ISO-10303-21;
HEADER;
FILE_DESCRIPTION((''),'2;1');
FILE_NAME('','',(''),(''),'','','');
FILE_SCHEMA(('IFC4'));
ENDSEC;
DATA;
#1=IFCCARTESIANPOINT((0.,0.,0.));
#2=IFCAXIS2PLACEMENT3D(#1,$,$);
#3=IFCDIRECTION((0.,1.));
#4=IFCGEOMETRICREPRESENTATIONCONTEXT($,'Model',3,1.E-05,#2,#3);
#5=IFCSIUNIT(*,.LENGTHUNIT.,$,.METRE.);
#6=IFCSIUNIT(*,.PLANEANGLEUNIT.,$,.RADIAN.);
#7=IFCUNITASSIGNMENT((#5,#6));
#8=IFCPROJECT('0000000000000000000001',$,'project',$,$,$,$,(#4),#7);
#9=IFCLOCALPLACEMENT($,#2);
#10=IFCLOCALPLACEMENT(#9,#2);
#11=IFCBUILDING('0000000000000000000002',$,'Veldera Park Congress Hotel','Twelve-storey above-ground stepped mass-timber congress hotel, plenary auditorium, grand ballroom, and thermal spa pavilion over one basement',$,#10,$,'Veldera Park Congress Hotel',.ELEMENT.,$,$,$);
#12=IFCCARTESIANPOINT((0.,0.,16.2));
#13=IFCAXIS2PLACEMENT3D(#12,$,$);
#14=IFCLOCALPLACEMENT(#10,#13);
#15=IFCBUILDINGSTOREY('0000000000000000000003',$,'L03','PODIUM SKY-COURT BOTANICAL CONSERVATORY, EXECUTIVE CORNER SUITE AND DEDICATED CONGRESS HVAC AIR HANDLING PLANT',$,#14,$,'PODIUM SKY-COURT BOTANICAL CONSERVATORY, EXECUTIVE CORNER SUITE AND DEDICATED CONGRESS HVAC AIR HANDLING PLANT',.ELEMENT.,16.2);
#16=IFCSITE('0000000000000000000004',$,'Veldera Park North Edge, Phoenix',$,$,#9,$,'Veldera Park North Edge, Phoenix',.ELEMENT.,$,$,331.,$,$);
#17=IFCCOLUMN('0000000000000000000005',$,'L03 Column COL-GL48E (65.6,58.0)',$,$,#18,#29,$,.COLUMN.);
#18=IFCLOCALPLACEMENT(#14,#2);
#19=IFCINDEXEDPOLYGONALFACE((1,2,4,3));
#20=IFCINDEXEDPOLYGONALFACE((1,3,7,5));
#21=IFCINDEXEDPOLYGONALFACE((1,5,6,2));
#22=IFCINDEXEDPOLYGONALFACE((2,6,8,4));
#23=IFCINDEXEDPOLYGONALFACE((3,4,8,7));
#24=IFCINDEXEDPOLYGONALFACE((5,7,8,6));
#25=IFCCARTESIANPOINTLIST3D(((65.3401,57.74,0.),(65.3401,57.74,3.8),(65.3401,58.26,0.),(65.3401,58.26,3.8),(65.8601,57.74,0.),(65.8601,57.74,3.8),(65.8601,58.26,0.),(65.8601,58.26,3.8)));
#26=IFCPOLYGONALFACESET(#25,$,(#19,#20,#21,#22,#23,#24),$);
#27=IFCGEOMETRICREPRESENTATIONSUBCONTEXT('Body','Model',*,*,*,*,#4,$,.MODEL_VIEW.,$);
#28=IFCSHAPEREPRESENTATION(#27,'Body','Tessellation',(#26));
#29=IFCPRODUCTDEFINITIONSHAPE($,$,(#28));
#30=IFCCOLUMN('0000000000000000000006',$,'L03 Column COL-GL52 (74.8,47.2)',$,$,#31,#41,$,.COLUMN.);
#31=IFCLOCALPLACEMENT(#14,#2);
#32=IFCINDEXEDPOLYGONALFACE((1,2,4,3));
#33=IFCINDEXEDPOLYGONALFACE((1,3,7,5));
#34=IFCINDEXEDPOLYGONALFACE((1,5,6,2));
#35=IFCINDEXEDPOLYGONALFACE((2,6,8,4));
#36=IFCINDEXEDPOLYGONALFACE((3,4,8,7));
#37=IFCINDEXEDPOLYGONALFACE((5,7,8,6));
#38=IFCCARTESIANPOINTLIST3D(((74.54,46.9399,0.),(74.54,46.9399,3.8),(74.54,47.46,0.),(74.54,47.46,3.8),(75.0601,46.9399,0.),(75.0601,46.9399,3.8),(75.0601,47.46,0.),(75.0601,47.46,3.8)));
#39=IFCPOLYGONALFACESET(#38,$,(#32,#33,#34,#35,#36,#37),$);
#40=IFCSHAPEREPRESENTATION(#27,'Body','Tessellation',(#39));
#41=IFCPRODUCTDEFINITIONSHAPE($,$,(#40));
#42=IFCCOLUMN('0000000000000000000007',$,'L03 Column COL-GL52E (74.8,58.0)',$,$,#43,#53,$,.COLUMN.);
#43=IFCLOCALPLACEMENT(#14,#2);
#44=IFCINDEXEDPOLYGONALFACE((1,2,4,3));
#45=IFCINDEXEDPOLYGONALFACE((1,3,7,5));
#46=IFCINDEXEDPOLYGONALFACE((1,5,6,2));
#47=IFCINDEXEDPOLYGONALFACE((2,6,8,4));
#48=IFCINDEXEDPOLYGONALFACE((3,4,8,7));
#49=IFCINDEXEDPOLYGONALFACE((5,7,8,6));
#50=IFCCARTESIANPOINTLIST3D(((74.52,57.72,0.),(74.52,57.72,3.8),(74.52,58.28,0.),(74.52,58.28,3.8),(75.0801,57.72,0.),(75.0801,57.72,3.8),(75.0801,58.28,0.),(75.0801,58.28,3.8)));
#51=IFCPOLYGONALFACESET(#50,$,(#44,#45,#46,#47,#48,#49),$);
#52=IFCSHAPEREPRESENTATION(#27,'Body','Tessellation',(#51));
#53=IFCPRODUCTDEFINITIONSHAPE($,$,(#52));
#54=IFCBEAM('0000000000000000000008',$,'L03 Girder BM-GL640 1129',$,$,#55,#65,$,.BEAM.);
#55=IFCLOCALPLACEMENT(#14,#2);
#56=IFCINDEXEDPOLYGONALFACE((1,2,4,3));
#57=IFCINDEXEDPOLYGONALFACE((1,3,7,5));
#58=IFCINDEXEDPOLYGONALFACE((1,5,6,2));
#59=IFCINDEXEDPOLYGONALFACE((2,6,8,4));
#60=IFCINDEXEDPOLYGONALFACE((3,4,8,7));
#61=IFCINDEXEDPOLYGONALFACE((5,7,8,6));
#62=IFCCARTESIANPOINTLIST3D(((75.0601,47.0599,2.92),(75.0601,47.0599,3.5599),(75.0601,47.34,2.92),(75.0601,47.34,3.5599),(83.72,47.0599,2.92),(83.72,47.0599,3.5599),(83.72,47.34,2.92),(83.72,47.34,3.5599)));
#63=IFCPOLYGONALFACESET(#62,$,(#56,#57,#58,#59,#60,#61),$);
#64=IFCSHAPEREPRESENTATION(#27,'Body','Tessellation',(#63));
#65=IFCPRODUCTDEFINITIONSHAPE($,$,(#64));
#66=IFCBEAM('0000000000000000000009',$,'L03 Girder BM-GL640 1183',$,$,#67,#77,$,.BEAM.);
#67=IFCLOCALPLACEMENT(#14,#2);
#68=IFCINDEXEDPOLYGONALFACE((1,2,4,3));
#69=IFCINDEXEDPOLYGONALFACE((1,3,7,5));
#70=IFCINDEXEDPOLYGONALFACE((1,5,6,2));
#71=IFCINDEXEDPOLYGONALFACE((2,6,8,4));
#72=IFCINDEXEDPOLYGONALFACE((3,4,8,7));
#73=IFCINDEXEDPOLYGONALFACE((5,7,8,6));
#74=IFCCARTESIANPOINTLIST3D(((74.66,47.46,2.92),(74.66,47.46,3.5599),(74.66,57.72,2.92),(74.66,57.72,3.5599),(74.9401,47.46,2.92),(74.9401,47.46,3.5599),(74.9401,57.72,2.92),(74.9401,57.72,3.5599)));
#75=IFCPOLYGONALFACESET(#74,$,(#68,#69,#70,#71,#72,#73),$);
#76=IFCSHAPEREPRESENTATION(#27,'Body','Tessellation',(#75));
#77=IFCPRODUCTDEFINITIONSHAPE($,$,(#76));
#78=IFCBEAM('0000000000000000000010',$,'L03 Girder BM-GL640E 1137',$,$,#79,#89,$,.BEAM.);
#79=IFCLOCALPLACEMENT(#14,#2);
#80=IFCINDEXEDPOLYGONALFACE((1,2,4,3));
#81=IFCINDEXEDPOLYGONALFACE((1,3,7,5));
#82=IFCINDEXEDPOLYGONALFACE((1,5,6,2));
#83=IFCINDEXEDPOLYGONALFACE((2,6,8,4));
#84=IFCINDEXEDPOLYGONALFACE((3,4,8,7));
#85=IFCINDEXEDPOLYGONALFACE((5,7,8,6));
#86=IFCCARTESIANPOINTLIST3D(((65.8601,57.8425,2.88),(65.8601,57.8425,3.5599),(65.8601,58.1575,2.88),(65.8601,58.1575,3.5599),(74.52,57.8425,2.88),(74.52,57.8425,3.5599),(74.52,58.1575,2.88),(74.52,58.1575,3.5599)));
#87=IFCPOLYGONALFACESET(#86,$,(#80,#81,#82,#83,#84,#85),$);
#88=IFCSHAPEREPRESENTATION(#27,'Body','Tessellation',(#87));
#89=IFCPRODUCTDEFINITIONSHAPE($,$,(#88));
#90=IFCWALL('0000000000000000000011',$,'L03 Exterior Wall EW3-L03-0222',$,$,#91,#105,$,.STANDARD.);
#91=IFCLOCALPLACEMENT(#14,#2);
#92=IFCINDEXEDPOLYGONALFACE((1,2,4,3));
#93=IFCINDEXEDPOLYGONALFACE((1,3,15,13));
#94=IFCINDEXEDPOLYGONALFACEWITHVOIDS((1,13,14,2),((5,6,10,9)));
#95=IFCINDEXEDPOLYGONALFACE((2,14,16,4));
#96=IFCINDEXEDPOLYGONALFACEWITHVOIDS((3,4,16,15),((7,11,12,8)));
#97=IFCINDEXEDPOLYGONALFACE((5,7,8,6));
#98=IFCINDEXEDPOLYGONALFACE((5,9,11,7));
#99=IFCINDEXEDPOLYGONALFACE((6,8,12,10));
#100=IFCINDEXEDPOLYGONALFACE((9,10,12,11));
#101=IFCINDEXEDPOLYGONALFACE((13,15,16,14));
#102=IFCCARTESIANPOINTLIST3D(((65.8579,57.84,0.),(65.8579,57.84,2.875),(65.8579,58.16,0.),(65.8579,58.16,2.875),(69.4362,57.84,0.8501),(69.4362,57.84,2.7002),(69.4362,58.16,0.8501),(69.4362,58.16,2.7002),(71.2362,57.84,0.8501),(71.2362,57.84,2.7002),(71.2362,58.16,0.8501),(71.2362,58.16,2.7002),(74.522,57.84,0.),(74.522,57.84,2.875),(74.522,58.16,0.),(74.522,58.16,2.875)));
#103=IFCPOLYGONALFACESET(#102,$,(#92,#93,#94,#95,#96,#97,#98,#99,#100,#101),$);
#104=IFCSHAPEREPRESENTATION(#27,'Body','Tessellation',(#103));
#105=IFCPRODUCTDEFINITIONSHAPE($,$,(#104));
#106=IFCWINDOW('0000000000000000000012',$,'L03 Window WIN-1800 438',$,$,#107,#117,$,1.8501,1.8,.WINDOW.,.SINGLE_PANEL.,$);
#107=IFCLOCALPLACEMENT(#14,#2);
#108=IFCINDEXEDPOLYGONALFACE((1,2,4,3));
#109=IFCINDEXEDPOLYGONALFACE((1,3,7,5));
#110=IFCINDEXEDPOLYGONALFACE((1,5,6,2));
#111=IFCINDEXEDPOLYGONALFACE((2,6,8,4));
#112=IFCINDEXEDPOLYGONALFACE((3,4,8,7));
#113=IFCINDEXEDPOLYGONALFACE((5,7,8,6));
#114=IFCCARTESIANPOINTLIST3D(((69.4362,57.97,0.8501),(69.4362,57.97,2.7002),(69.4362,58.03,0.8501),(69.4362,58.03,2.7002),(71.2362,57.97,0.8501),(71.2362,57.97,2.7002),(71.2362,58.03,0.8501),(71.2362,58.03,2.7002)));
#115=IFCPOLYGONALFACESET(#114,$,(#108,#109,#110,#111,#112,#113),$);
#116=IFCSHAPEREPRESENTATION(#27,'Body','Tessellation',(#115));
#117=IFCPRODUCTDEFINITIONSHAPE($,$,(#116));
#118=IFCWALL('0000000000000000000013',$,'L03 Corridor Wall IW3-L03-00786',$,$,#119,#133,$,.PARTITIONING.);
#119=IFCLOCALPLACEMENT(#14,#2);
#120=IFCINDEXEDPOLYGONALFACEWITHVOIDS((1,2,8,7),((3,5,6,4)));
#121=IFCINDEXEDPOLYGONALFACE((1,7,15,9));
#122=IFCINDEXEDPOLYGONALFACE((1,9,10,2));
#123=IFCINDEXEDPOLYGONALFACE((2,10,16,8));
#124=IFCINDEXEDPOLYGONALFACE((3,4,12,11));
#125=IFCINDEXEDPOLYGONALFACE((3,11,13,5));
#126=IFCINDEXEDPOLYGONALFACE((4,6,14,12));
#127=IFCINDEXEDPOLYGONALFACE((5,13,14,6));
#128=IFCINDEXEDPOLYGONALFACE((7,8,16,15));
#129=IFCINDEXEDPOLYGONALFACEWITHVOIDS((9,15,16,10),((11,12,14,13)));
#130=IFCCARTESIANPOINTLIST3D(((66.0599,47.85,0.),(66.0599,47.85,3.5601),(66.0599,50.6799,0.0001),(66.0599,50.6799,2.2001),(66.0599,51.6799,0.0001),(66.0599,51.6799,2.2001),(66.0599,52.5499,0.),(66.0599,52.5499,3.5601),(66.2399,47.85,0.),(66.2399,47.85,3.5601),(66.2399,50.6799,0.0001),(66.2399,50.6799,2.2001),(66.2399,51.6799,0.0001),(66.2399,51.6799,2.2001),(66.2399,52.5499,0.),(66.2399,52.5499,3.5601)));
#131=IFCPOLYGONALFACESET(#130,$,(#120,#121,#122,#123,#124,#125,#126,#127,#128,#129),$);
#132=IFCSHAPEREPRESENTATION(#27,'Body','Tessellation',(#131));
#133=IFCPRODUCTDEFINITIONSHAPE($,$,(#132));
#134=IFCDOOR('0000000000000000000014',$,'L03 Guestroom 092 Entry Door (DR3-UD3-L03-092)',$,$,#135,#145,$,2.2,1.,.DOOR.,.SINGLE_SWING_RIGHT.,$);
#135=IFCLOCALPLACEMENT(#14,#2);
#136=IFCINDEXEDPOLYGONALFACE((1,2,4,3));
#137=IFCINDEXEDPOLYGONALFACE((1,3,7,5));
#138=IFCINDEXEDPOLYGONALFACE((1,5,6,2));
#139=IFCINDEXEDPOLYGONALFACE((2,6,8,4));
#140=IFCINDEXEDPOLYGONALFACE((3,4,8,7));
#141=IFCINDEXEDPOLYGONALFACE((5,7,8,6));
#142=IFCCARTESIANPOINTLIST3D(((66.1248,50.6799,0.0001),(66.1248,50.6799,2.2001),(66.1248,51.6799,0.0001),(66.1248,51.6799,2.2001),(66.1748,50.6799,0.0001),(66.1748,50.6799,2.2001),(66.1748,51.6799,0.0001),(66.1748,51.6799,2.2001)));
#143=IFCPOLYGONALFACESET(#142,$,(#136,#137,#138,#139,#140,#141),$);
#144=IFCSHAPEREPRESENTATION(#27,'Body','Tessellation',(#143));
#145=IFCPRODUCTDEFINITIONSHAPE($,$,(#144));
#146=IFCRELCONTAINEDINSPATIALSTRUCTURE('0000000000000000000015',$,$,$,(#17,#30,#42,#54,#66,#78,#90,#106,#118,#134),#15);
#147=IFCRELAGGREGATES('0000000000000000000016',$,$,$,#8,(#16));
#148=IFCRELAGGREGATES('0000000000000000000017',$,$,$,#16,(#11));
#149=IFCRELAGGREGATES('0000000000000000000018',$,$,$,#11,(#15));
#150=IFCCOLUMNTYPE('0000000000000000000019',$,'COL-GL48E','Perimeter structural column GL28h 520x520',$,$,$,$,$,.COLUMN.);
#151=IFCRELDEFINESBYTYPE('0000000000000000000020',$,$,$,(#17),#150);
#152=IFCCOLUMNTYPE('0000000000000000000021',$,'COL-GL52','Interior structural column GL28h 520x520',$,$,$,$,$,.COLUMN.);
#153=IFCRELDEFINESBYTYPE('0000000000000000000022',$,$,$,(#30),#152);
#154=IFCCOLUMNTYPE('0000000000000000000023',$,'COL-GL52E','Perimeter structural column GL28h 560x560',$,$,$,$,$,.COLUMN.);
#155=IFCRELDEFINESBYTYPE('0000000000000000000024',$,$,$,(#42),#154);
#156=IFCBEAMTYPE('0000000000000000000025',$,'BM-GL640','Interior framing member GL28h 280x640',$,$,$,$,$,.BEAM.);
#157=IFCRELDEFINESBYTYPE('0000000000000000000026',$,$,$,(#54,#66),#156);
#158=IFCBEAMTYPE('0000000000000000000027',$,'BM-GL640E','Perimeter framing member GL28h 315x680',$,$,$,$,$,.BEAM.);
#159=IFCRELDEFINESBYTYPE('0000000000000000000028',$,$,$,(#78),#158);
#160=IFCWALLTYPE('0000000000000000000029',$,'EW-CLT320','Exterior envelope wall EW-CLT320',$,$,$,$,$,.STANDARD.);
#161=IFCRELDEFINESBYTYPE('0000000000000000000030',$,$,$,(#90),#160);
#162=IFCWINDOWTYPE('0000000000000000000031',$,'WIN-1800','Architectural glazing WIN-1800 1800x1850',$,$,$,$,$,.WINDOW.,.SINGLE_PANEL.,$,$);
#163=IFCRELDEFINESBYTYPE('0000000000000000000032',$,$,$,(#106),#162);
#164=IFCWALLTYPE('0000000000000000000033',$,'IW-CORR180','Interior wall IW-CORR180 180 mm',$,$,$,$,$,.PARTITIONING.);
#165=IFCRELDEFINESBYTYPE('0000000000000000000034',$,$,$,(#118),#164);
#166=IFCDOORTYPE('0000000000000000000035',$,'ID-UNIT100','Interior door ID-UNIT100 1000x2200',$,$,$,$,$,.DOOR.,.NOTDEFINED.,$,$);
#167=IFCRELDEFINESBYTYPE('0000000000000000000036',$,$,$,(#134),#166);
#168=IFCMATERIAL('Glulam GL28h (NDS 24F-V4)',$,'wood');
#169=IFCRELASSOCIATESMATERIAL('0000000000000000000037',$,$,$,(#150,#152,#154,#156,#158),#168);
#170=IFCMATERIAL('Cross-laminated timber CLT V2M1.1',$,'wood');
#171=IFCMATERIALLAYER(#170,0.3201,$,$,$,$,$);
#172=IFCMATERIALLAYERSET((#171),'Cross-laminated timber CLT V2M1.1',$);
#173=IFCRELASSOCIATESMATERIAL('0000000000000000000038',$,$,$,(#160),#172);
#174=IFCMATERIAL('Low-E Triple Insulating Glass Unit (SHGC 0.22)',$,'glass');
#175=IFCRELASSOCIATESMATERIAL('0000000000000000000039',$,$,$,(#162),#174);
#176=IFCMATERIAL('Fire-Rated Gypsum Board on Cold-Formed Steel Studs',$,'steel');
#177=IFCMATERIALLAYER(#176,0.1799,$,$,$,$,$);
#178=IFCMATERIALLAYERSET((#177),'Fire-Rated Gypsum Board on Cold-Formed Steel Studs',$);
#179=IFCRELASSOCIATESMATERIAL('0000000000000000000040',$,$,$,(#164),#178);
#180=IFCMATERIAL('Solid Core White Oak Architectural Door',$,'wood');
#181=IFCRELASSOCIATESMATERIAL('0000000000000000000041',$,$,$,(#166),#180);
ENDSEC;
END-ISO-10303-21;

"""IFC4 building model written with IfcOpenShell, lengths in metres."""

from ifc_helpers import new_model, si_unit, direction, frame, frame_2d, origin, origin_2d, place, context, subcontext, project, spatial, rectangle, extrude, material, layer, layer_set, material_profile, profile_set, type_object, element, fill, save


model = new_model("IFC4")

# Units and contexts
model_context = context("Model", 3, precision=1e-05, world=origin(), true_north=direction((0.0, 1.0)))
body_context = subcontext(model_context, "Body", "Model", "MODEL_VIEW")
ifc_project = project(units=[si_unit("LENGTHUNIT", "METRE"), si_unit("PLANEANGLEUNIT", "RADIAN")], contexts=[model_context])

# Site, building, storey
site_placement = place(None, origin())
site = spatial("IfcSite", under=ifc_project, at=site_placement, Name="Veldera Park North Edge, Phoenix", LongName="Veldera Park North Edge, Phoenix", CompositionType="ELEMENT", RefElevation=331.0)
building_placement = place(site_placement, origin())
building = spatial("IfcBuilding", under=site, at=building_placement, Name="Veldera Park Congress Hotel", Description="Twelve-storey above-ground stepped mass-timber congress hotel, plenary auditorium, grand ballroom, and thermal spa pavilion over one basement", LongName="Veldera Park Congress Hotel", CompositionType="ELEMENT")
storey_placement = place(building_placement, frame((0.0, 0.0, 16.2)))
storey = spatial("IfcBuildingStorey", under=building, at=storey_placement, Name="L03", Description="PODIUM SKY-COURT BOTANICAL CONSERVATORY, EXECUTIVE CORNER SUITE AND DEDICATED CONGRESS HVAC AIR HANDLING PLANT", LongName="PODIUM SKY-COURT BOTANICAL CONSERVATORY, EXECUTIVE CORNER SUITE AND DEDICATED CONGRESS HVAC AIR HANDLING PLANT", CompositionType="ELEMENT", Elevation=16.2)

# Columns
ifc_material_1 = material(Name="Glulam GL28h (NDS 24F-V4)", Category="wood")
ifc_material_profile_1 = material_profile(ifc_material_1, rectangle(XDim=0.52, YDim=0.52, at=origin_2d()), Name="GL28h 520x520")
ifc_profile_set_1 = profile_set([ifc_material_profile_1], Name="Glulam GL28h (NDS 24F-V4)")
column_type_1 = type_object("IfcColumnType", Name="COL-GL48E", Description="Perimeter structural column GL28h 520x520", PredefinedType="COLUMN", material=ifc_profile_set_1)
column_1_placement = place(storey_placement, frame((65.6001, 58.0, 0.0), z_axis=(0.0, 0.0, 1.0), x_axis=(1.0, 0.0, 0.0)))
element("IfcColumn", 1, at=column_1_placement, inside=storey, type_object=column_type_1, Name="L03 Column COL-GL48E (65.6,58.0)", PredefinedType="COLUMN", context=body_context, shape_type="SweptSolid", body=[
    extrude(rectangle(XDim=0.52, YDim=0.52, at=origin_2d()), origin(), (0.0, 0.0, 1.0), 3.8),
])
ifc_material_profile_2 = material_profile(ifc_material_1, rectangle(XDim=0.52, YDim=0.52, at=origin_2d()), Name="GL28h 520x520")
ifc_profile_set_2 = profile_set([ifc_material_profile_2], Name="Glulam GL28h (NDS 24F-V4)")
column_type_2 = type_object("IfcColumnType", Name="COL-GL52", Description="Interior structural column GL28h 520x520", PredefinedType="COLUMN", material=ifc_profile_set_2)
column_2_placement = place(storey_placement, frame((74.8, 47.2, 0.0), z_axis=(0.0, 0.0, 1.0), x_axis=(1.0, 0.0, 0.0)))
element("IfcColumn", 2, at=column_2_placement, inside=storey, type_object=column_type_2, Name="L03 Column COL-GL52 (74.8,47.2)", PredefinedType="COLUMN", context=body_context, shape_type="SweptSolid", body=[
    extrude(rectangle(XDim=0.52, YDim=0.52, at=origin_2d()), origin(), (0.0, 0.0, 1.0), 3.8),
])
ifc_material_profile_3 = material_profile(ifc_material_1, rectangle(XDim=0.5601, YDim=0.5601, at=origin_2d()), Name="GL28h 560x560")
ifc_profile_set_3 = profile_set([ifc_material_profile_3], Name="Glulam GL28h (NDS 24F-V4)")
column_type_3 = type_object("IfcColumnType", Name="COL-GL52E", Description="Perimeter structural column GL28h 560x560", PredefinedType="COLUMN", material=ifc_profile_set_3)
column_3_placement = place(storey_placement, frame((74.8, 58.0, 0.0), z_axis=(0.0, 0.0, 1.0), x_axis=(1.0, 0.0, 0.0)))
element("IfcColumn", 3, at=column_3_placement, inside=storey, type_object=column_type_3, Name="L03 Column COL-GL52E (74.8,58.0)", PredefinedType="COLUMN", context=body_context, shape_type="SweptSolid", body=[
    extrude(rectangle(XDim=0.5601, YDim=0.5601, at=origin_2d()), origin(), (0.0, 0.0, 1.0), 3.8),
])

# Beams
ifc_material_profile_4 = material_profile(ifc_material_1, rectangle(XDim=0.28, YDim=0.6399, at=origin_2d()), Name="GL28h 280x640")
ifc_profile_set_4 = profile_set([ifc_material_profile_4], Name="Glulam GL28h (NDS 24F-V4)")
beam_type_1 = type_object("IfcBeamType", Name="BM-GL640", Description="Interior framing member GL28h 280x640", PredefinedType="BEAM", material=ifc_profile_set_4)
beam_1_placement = place(storey_placement, frame((75.0601, 47.2, 3.24), z_axis=(1.0, 0.0, 0.0), x_axis=(0.0, 1.0, 0.0)))
element("IfcBeam", 4, at=beam_1_placement, inside=storey, type_object=beam_type_1, Name="L03 Girder BM-GL640 1129", PredefinedType="BEAM", context=body_context, shape_type="SweptSolid", body=[
    extrude(rectangle(XDim=0.28, YDim=0.6399, at=origin_2d()), origin(), (0.0, 0.0, 1.0), 8.6599),
])
beam_2_placement = place(storey_placement, frame((74.8, 47.46, 3.24), z_axis=(0.0, 1.0, 0.0), x_axis=(-1.0, 0.0, 0.0)))
element("IfcBeam", 5, at=beam_2_placement, inside=storey, type_object=beam_type_1, Name="L03 Girder BM-GL640 1183", PredefinedType="BEAM", context=body_context, shape_type="SweptSolid", body=[
    extrude(rectangle(XDim=0.28, YDim=0.6399, at=origin_2d()), origin(), (0.0, 0.0, 1.0), 10.26),
])
ifc_material_profile_5 = material_profile(ifc_material_1, rectangle(XDim=0.3149, YDim=0.6799, at=origin_2d()), Name="GL28h 315x680")
ifc_profile_set_5 = profile_set([ifc_material_profile_5], Name="Glulam GL28h (NDS 24F-V4)")
beam_type_2 = type_object("IfcBeamType", Name="BM-GL640E", Description="Perimeter framing member GL28h 315x680", PredefinedType="BEAM", material=ifc_profile_set_5)
beam_3_placement = place(storey_placement, frame((65.8601, 58.0, 3.22), z_axis=(1.0, 0.0, 0.0), x_axis=(0.0, 1.0, 0.0)))
element("IfcBeam", 6, at=beam_3_placement, inside=storey, type_object=beam_type_2, Name="L03 Girder BM-GL640E 1137", PredefinedType="BEAM", context=body_context, shape_type="SweptSolid", body=[
    extrude(rectangle(XDim=0.3149, YDim=0.6799, at=origin_2d()), origin(), (0.0, 0.0, 1.0), 8.6599),
])

# Wall, opening, window
ifc_material_2 = material(Name="Cross-laminated timber CLT V2M1.1", Category="wood")
ifc_layer_1 = layer(ifc_material_2, 0.3201)
ifc_layer_set_1 = layer_set([ifc_layer_1], Name="Cross-laminated timber CLT V2M1.1")
wall_type_1 = type_object("IfcWallType", Name="EW-CLT320", Description="Exterior envelope wall EW-CLT320", PredefinedType="STANDARD", material=ifc_layer_set_1)
wall_1_placement = place(storey_placement, frame((74.522, 58.0, 0.0), z_axis=(0.0, 0.0, 1.0), x_axis=(-1.0, 0.0, 0.0)))
wall_1 = element("IfcWall", 7, at=wall_1_placement, inside=storey, type_object=wall_type_1, Name="L03 Exterior Wall EW3-L03-0222", PredefinedType="STANDARD", context=body_context, shape_type="SweptSolid", body=[
    extrude(rectangle(XDim=8.6641, YDim=0.3201, at=frame_2d((4.332, 0.0))), origin(), (0.0, 0.0, 1.0), 2.875),
])
opening_1_placement = place(wall_1_placement, frame((3.2859, 0.0, 0.8501)))
opening_1 = element("IfcOpeningElement", 8, at=opening_1_placement, cuts=wall_1, PredefinedType="OPENING", context=body_context, shape_type="SweptSolid", body=[
    extrude(rectangle(XDim=1.8, YDim=1.8501, at=frame_2d((0.8999, 0.925))), frame((0.0, 0.1721, 0.0), z_axis=(0.0, -1.0, 0.0), x_axis=(1.0, 0.0, 0.0)), (0.0, 0.0, 1.0), 0.344),
])
ifc_material_3 = material(Name="Low-E Triple Insulating Glass Unit (SHGC 0.22)", Category="glass")
window_type = type_object("IfcWindowType", Name="WIN-1800", Description="Architectural glazing WIN-1800 1800x1850", PartitioningType="SINGLE_PANEL", PredefinedType="WINDOW", material=ifc_material_3)
window_placement = place(opening_1_placement, origin())
window = element("IfcWindow", 9, at=window_placement, inside=storey, type_object=window_type, Name="L03 Window WIN-1800 438", OverallHeight=1.8501, OverallWidth=1.8, PartitioningType="SINGLE_PANEL", PredefinedType="WINDOW", context=body_context, shape_type="SweptSolid", body=[
    extrude(rectangle(XDim=1.8, YDim=1.8501, at=frame_2d((0.8999, 0.925))), frame((0.0, 0.03, 0.0), z_axis=(0.0, -1.0, 0.0), x_axis=(1.0, 0.0, 0.0)), (0.0, 0.0, 1.0), 0.0601),
])
fill(opening_1, window)

# Wall, opening, door
ifc_material_4 = material(Name="Fire-Rated Gypsum Board on Cold-Formed Steel Studs", Category="steel")
ifc_layer_2 = layer(ifc_material_4, 0.1799)
ifc_layer_set_2 = layer_set([ifc_layer_2], Name="Fire-Rated Gypsum Board on Cold-Formed Steel Studs")
wall_type_2 = type_object("IfcWallType", Name="IW-CORR180", Description="Interior wall IW-CORR180 180 mm", PredefinedType="PARTITIONING", material=ifc_layer_set_2)
wall_2_placement = place(storey_placement, frame((66.1499, 52.55, 0.0), z_axis=(0.0, 0.0, 1.0), x_axis=(0.0, -1.0, 0.0)))
wall_2 = element("IfcWall", 10, at=wall_2_placement, inside=storey, type_object=wall_type_2, Name="L03 Corridor Wall IW3-L03-00786", PredefinedType="PARTITIONING", context=body_context, shape_type="SweptSolid", body=[
    extrude(rectangle(XDim=4.7, YDim=0.1799, at=frame_2d((2.3501, 0.0))), origin(), (0.0, 0.0, 1.0), 3.5601),
])
opening_2_placement = place(wall_2_placement, frame((0.8701, 0.0, 0.0)))
opening_2 = element("IfcOpeningElement", 11, at=opening_2_placement, cuts=wall_2, PredefinedType="OPENING", context=body_context, shape_type="SweptSolid", body=[
    extrude(rectangle(XDim=1.0, YDim=2.2, at=frame_2d((0.5, 1.1001))), frame((0.0, 0.1021, 0.0), z_axis=(0.0, -1.0, 0.0), x_axis=(1.0, 0.0, 0.0)), (0.0, 0.0, 1.0), 0.2039),
])
ifc_material_5 = material(Name="Solid Core White Oak Architectural Door", Category="wood")
door_type_1 = type_object("IfcDoorType", Name="ID-UNIT100", Description="Interior door ID-UNIT100 1000x2200", OperationType="NOTDEFINED", PredefinedType="DOOR", material=ifc_material_5)
door_1_placement = place(opening_2_placement, origin())
door_1 = element("IfcDoor", 12, at=door_1_placement, inside=storey, type_object=door_type_1, Name="L03 Guestroom 092 Entry Door (DR3-UD3-L03-092)", OperationType="SINGLE_SWING_RIGHT", OverallHeight=2.2, OverallWidth=1.0, PredefinedType="DOOR", context=body_context, shape_type="SweptSolid", body=[
    extrude(rectangle(XDim=1.0, YDim=2.2, at=frame_2d((0.5, 1.1001))), frame((0.0, 0.0249, 0.0), z_axis=(0.0, -1.0, 0.0), x_axis=(1.0, 0.0, 0.0)), (0.0, 0.0, 1.0), 0.05),
])
fill(opening_2, door_1)

save(model, "model.ifc")
